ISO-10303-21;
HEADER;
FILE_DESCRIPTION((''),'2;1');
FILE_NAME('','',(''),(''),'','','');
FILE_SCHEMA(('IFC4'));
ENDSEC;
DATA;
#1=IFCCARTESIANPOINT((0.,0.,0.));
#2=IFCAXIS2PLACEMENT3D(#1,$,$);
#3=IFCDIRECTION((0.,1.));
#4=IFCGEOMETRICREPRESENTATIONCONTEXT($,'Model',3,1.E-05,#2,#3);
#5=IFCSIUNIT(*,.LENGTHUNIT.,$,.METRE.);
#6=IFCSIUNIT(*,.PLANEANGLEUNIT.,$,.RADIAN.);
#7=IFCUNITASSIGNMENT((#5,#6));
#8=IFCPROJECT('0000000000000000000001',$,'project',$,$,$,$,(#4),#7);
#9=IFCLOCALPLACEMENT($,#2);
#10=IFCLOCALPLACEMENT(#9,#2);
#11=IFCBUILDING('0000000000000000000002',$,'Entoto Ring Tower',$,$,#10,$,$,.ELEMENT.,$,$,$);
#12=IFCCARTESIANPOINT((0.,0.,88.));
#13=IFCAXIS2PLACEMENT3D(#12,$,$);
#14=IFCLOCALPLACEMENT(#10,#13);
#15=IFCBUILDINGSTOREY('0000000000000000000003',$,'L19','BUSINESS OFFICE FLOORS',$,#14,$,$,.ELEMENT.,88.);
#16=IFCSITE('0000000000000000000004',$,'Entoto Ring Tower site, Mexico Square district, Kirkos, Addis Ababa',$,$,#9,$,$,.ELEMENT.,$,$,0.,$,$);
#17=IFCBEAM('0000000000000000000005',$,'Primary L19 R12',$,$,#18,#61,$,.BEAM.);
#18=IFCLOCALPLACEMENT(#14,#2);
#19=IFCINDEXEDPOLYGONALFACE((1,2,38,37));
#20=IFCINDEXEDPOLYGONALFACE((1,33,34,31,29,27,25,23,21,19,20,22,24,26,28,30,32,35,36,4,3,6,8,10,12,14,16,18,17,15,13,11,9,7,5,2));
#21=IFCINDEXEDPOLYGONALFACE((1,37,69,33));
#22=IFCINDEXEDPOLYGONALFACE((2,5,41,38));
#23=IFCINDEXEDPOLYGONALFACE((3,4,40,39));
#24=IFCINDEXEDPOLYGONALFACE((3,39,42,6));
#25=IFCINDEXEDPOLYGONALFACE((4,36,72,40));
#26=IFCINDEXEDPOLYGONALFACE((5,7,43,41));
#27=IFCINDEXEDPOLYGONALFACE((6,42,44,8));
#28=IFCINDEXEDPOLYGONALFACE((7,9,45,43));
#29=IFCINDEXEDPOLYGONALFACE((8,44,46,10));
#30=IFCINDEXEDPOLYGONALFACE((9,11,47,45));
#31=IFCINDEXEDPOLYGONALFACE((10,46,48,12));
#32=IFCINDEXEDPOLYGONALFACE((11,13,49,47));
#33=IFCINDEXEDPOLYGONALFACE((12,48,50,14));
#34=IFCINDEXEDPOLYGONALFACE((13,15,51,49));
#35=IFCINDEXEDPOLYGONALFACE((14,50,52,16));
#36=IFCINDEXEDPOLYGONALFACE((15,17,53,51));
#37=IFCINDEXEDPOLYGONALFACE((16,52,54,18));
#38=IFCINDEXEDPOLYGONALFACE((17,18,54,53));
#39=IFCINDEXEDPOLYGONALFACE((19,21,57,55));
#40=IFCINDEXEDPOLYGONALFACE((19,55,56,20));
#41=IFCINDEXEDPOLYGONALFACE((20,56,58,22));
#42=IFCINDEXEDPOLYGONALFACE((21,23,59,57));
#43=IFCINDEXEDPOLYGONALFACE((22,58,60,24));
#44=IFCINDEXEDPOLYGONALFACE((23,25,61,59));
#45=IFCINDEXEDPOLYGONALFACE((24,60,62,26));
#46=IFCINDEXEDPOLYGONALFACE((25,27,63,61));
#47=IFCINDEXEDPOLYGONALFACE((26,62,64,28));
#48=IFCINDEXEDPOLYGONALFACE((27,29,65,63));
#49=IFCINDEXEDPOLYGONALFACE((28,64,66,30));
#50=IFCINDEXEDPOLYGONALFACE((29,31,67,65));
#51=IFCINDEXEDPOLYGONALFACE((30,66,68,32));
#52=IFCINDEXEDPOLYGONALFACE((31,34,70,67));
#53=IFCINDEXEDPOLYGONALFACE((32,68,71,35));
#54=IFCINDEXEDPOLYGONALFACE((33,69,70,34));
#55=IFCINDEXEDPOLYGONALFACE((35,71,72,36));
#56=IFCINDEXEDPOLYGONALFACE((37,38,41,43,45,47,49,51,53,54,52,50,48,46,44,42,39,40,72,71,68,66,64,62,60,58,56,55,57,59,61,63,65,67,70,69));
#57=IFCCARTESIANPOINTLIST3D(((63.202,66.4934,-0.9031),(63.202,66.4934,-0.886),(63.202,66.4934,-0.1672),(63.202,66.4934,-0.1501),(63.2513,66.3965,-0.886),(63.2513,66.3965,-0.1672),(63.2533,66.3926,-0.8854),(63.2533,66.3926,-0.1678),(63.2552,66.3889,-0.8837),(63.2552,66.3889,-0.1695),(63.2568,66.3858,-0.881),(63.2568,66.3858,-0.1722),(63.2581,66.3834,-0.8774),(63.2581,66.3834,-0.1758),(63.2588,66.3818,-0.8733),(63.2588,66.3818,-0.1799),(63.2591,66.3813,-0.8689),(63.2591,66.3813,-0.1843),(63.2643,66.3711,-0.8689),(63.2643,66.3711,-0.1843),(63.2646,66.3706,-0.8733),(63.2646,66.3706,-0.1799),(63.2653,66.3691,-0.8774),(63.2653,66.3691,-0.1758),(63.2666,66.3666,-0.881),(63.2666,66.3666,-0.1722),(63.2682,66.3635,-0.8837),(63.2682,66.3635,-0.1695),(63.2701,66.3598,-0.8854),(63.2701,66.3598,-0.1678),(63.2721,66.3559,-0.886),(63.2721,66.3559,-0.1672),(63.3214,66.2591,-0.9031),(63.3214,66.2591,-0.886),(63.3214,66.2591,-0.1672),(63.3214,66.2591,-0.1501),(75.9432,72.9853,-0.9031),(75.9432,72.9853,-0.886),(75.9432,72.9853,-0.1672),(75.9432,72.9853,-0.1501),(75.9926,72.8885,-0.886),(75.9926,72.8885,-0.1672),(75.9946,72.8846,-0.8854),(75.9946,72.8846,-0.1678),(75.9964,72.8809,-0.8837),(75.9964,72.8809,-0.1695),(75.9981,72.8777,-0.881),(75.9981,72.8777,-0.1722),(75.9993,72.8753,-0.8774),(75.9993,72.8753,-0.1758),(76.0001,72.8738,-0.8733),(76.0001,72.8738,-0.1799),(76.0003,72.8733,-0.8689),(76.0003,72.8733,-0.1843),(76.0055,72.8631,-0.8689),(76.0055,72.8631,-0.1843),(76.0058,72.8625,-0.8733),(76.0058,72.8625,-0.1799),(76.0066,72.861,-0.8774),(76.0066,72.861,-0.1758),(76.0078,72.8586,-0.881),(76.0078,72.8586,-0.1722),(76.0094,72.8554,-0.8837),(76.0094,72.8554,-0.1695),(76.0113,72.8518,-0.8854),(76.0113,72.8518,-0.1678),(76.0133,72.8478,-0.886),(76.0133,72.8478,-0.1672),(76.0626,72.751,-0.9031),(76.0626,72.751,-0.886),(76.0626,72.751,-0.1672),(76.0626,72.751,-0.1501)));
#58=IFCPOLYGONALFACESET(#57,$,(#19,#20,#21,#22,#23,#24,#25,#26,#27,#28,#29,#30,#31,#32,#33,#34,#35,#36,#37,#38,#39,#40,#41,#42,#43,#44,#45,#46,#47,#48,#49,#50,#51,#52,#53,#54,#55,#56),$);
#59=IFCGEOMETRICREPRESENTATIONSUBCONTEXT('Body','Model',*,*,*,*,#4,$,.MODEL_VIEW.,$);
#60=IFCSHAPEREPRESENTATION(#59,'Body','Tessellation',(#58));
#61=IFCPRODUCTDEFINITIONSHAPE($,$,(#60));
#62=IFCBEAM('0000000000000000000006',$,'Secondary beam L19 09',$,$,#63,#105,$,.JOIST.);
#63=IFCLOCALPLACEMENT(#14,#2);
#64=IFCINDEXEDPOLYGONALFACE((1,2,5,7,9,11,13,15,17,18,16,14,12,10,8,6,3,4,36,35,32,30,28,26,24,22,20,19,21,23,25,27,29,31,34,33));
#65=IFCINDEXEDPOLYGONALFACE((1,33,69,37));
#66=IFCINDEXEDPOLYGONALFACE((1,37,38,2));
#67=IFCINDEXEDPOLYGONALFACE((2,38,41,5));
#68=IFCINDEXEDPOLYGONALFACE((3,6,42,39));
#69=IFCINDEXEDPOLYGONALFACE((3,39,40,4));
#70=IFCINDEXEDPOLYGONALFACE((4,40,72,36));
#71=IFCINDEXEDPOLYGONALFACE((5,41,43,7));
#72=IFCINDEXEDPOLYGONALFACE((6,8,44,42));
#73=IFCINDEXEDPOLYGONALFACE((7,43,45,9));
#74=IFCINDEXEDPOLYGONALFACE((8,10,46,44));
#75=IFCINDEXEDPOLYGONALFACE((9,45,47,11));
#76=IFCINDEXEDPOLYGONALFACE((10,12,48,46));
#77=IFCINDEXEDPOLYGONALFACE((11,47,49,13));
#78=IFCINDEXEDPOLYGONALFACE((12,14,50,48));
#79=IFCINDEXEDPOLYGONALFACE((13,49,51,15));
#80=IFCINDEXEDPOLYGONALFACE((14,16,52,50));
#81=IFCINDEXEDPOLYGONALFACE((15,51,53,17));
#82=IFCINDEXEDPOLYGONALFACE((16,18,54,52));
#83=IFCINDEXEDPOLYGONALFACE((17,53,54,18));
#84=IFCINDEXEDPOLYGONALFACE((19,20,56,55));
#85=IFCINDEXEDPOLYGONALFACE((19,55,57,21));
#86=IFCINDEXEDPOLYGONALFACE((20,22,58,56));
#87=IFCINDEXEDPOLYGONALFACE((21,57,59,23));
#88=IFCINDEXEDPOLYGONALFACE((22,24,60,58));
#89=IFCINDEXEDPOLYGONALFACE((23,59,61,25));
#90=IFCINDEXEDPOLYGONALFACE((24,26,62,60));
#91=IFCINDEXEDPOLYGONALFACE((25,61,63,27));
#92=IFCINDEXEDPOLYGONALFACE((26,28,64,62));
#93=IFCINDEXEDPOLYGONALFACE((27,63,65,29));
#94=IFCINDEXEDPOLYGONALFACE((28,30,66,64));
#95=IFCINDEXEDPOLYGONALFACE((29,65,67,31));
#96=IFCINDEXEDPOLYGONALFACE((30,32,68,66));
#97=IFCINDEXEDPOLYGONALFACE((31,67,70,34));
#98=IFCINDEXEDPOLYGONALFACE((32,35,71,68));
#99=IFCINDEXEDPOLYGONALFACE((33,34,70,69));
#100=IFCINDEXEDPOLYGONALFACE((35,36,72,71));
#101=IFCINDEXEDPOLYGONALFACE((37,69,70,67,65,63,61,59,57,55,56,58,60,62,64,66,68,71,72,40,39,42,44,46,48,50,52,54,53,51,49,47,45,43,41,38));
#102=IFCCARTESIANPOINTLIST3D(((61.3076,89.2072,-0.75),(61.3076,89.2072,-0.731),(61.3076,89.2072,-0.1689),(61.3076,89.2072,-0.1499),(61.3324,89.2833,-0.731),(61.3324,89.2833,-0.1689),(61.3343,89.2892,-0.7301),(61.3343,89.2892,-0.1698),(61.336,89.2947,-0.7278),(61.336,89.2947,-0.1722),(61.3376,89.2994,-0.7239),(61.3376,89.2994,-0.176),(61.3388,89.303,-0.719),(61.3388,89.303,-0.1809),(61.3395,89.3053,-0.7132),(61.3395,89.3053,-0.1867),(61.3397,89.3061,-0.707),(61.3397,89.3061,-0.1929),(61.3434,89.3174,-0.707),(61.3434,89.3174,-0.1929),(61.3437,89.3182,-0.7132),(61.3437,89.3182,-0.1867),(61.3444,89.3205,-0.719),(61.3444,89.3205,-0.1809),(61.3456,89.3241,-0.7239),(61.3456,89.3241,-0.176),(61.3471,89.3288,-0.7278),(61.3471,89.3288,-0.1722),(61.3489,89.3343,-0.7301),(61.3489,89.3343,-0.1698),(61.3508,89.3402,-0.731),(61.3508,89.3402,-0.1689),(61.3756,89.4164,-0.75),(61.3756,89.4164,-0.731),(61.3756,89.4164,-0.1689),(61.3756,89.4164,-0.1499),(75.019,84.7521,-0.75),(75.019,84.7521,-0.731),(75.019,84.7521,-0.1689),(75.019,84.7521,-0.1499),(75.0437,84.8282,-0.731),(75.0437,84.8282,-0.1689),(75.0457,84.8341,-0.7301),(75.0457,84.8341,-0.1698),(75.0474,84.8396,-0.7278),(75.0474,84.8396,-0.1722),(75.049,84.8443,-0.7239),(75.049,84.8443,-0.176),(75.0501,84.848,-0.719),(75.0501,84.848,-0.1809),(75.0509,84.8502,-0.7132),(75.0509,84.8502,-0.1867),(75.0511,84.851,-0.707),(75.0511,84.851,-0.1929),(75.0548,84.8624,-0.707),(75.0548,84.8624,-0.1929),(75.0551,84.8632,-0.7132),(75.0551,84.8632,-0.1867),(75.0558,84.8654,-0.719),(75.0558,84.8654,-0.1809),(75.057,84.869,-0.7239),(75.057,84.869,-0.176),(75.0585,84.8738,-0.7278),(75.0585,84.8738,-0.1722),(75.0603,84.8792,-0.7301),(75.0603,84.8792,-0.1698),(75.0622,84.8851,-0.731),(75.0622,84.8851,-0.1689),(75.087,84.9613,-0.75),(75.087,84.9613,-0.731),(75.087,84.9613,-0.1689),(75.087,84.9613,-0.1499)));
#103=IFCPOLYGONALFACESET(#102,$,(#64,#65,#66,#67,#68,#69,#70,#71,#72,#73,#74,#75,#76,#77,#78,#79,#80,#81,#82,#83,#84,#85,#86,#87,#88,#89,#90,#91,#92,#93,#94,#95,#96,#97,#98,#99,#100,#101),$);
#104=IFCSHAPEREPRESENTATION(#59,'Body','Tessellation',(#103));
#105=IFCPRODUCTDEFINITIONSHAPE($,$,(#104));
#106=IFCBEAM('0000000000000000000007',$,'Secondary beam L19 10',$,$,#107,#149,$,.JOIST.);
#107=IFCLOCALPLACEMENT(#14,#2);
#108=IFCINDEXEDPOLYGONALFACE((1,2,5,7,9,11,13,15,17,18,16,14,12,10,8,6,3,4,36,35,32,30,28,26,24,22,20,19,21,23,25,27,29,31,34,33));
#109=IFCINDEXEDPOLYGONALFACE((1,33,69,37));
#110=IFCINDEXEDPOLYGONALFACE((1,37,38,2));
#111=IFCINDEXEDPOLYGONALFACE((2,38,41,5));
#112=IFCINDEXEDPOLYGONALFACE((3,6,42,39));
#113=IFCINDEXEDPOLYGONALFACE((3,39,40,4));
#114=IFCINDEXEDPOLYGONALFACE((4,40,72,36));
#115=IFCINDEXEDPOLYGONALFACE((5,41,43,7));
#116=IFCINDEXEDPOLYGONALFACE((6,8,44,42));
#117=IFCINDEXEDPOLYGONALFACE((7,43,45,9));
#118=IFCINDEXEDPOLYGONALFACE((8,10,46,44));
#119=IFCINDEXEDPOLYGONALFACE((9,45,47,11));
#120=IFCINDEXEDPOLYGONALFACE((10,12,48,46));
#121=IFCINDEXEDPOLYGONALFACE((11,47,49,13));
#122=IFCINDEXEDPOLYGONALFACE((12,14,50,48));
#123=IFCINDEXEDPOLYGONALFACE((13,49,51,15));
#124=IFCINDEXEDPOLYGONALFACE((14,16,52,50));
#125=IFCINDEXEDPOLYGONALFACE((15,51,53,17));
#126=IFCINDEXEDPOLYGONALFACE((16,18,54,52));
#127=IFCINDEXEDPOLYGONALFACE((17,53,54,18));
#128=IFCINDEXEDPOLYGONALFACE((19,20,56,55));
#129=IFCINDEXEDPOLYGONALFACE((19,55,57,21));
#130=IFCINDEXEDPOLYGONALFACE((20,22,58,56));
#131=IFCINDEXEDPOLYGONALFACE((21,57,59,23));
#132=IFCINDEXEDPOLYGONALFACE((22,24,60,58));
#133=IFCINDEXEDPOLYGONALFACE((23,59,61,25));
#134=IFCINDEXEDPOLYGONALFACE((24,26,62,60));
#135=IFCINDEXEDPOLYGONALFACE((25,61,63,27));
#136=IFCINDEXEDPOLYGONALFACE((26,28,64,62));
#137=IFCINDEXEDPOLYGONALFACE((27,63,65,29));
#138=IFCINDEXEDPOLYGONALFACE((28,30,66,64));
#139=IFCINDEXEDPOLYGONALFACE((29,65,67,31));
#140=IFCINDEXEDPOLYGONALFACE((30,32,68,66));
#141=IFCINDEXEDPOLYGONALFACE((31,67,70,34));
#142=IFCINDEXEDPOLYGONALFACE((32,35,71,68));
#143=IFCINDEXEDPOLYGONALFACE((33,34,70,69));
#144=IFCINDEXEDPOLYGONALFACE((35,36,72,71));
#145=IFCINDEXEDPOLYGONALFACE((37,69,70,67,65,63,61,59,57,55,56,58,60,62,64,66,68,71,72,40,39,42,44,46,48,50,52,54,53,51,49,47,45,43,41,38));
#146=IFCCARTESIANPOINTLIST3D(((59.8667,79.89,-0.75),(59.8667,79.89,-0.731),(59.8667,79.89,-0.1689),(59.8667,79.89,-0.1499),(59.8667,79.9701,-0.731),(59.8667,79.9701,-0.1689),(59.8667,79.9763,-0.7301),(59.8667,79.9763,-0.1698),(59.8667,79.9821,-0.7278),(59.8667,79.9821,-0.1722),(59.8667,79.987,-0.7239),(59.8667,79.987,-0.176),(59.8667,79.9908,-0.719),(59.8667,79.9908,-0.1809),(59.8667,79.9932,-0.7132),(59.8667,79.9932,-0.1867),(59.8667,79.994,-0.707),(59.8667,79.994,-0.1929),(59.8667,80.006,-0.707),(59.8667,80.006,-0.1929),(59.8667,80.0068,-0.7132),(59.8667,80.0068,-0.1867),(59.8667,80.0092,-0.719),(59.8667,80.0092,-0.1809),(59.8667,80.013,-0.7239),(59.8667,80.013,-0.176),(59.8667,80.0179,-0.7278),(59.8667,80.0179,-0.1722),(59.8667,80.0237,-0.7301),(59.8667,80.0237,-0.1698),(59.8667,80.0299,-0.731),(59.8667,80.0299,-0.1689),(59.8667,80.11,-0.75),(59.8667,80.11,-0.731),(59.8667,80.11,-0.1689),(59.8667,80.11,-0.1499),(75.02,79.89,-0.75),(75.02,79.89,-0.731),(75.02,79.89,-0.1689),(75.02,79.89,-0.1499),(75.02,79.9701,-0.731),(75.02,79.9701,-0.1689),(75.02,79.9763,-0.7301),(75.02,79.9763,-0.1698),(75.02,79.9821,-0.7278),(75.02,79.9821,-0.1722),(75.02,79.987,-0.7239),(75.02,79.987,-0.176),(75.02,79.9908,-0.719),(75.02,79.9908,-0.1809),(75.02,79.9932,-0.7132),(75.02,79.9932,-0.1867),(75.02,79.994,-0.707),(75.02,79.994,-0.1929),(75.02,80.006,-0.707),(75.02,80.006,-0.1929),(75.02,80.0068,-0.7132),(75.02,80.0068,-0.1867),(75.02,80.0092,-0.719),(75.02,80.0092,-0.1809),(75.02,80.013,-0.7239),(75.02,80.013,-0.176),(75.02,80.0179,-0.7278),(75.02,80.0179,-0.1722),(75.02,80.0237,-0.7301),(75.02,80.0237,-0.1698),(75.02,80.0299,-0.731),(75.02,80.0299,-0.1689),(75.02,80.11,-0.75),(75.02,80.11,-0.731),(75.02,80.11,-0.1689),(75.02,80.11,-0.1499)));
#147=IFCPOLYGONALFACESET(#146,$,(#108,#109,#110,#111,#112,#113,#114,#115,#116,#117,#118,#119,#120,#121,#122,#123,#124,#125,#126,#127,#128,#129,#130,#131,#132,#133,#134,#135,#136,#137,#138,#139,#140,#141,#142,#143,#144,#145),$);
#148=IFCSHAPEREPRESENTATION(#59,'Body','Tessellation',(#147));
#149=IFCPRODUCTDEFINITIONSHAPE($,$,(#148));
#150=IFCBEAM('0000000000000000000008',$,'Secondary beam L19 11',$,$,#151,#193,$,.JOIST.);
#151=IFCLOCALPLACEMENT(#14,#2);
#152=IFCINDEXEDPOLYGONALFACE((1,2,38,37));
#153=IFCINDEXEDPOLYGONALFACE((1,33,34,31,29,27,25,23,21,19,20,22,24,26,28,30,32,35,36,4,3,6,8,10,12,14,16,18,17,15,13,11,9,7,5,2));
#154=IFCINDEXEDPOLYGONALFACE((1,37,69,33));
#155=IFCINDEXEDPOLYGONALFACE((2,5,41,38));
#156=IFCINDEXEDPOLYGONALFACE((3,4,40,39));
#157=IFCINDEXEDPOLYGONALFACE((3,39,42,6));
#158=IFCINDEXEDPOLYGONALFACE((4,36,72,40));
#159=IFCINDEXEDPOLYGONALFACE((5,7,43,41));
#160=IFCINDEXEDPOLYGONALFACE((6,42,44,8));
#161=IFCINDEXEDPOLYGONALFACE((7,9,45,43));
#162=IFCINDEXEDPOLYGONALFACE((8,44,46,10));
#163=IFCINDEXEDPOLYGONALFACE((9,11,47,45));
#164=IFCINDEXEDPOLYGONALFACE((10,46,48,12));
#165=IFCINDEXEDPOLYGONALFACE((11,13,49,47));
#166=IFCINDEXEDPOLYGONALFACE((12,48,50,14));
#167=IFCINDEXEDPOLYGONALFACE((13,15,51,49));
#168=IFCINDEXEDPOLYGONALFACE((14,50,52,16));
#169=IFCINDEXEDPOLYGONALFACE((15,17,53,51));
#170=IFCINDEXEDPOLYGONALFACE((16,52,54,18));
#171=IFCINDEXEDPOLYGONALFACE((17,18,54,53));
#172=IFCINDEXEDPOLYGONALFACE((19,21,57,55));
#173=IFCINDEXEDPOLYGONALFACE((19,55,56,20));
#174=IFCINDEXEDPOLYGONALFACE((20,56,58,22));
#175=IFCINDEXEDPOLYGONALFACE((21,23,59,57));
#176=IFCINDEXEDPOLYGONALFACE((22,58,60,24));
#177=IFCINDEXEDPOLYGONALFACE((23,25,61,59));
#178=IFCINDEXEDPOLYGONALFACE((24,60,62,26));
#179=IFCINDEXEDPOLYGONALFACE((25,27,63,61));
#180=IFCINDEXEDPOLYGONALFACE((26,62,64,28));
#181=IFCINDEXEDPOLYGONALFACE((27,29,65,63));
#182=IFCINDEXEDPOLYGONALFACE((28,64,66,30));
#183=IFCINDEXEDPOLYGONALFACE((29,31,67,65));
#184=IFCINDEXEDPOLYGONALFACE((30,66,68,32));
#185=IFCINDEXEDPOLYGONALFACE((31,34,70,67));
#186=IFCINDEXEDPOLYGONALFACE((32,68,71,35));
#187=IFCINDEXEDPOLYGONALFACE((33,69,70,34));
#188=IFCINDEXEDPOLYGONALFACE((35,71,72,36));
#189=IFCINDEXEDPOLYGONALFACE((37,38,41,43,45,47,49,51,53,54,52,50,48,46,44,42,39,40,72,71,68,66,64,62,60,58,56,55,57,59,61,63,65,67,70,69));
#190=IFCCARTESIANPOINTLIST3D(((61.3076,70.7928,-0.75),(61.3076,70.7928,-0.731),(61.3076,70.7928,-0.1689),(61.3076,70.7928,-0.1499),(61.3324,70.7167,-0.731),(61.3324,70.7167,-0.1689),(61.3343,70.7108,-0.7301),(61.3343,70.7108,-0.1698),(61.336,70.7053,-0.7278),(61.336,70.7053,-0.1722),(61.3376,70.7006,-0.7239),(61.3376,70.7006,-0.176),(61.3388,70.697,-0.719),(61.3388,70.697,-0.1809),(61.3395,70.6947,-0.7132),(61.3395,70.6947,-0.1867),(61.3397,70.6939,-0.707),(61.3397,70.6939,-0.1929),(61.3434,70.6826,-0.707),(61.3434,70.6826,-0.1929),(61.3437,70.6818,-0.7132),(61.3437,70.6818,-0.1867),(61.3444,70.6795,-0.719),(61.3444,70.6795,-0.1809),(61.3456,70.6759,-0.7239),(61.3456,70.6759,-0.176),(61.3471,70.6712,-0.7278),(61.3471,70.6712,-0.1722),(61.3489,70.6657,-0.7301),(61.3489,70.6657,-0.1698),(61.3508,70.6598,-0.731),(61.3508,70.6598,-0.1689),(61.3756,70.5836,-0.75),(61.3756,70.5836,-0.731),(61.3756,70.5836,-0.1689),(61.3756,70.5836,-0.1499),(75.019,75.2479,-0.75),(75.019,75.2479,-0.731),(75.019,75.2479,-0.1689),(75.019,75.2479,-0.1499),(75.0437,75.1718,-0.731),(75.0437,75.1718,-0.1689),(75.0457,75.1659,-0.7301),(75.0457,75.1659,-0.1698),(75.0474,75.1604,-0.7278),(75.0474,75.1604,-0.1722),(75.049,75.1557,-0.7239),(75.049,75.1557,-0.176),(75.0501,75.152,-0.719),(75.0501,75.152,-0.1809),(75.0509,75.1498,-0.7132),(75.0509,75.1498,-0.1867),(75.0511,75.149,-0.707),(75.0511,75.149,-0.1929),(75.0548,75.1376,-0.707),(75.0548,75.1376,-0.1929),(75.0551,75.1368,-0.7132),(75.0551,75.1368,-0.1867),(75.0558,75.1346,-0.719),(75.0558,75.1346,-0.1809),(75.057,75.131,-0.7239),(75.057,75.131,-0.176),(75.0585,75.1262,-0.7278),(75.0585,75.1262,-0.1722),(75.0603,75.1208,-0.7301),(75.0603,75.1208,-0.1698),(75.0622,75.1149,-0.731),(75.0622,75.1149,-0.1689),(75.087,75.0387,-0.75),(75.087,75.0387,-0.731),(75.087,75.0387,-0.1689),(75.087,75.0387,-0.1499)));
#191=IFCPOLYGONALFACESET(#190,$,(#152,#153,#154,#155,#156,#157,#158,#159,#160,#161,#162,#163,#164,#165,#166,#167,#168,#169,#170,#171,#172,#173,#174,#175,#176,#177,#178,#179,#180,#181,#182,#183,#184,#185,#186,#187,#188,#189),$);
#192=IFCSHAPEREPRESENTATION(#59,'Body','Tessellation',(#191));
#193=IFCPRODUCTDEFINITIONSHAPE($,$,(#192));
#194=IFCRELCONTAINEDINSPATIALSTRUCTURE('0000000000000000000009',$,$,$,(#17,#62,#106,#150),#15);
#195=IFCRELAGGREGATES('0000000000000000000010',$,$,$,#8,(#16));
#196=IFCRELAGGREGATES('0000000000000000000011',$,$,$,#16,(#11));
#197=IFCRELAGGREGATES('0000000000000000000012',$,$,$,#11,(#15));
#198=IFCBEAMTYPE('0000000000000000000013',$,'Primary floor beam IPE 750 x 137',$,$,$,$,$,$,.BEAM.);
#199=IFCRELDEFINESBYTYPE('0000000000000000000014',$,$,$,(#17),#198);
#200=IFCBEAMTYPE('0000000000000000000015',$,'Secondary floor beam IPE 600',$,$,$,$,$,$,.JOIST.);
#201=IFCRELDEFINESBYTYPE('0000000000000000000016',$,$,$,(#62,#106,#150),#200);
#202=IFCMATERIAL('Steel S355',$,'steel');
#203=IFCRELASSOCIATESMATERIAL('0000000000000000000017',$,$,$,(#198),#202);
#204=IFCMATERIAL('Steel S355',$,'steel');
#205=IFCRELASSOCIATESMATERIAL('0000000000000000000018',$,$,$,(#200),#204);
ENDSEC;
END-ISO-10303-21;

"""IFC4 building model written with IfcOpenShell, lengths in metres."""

from ifc_helpers import new_model, si_unit, direction, frame, origin, origin_2d, place, context, subcontext, project, spatial, i_section, extrude, material, material_profile, profile_set, type_object, element, save


model = new_model("IFC4")

# Units and contexts
model_context = context("Model", 3, precision=1e-05, world=origin(), true_north=direction((0.0, 1.0)))
body_context = subcontext(model_context, "Body", "Model", "MODEL_VIEW")
ifc_project = project(units=[si_unit("LENGTHUNIT", "METRE"), si_unit("PLANEANGLEUNIT", "RADIAN")], contexts=[model_context])

# Site, building, storey
site_placement = place(None, origin())
site = spatial("IfcSite", under=ifc_project, at=site_placement, Name="Entoto Ring Tower site, Mexico Square district, Kirkos, Addis Ababa", CompositionType="ELEMENT", RefElevation=0.0)
building_placement = place(site_placement, origin())
building = spatial("IfcBuilding", under=site, at=building_placement, Name="Entoto Ring Tower", CompositionType="ELEMENT")
storey_placement = place(building_placement, frame((0.0, 0.0, 88.0)))
storey = spatial("IfcBuildingStorey", under=building, at=storey_placement, Name="L19", Description="BUSINESS OFFICE FLOORS", CompositionType="ELEMENT", Elevation=88.0)

# Beams
ifc_material_1 = material(Name="Steel S355", Category="steel")
ifc_material_profile_1 = material_profile(ifc_material_1, i_section(OverallWidth=0.2629, OverallDepth=0.7529, WebThickness=0.0115, FlangeThickness=0.0171, FilletRadius=0.0171, at=origin_2d()), Name="IPE 750 x 137")
ifc_profile_set_1 = profile_set([ifc_material_profile_1], Name="Steel S355")
beam_type_1 = type_object("IfcBeamType", Name="Primary floor beam IPE 750 x 137", PredefinedType="BEAM", material=ifc_profile_set_1)
beam_1_placement = place(storey_placement, frame((76.0029, 72.8682, -0.5266), z_axis=(-0.891007, -0.453989, 0.0), x_axis=(0.453989, -0.891007, 0.0)))
element("IfcBeam", 1, at=beam_1_placement, inside=storey, type_object=beam_type_1, Name="Primary L19 R12", PredefinedType="BEAM", context=body_context, shape_type="SweptSolid", body=[
    extrude(i_section(OverallWidth=0.2629, OverallDepth=0.7529, WebThickness=0.0115, FlangeThickness=0.0171, FilletRadius=0.0171, at=origin_2d()), origin(), (0.0, 0.0, 1.0), 14.2998),
])
ifc_material_2 = material(Name="Steel S355", Category="steel")
ifc_material_profile_2 = material_profile(ifc_material_2, i_section(OverallWidth=0.22, OverallDepth=0.6001, WebThickness=0.012, FlangeThickness=0.019, FilletRadius=0.0239, at=origin_2d()), Name="IPE 600")
ifc_profile_set_2 = profile_set([ifc_material_profile_2], Name="Steel S355")
beam_type_2 = type_object("IfcBeamType", Name="Secondary floor beam IPE 600", PredefinedType="JOIST", material=ifc_profile_set_2)
beam_2_placement = place(storey_placement, frame((75.053, 84.8567, -0.45), z_axis=(-0.951057, 0.309015, 0.0), x_axis=(-0.309015, -0.951057, 0.0)))
element("IfcBeam", 2, at=beam_2_placement, inside=storey, type_object=beam_type_2, Name="Secondary beam L19 09", PredefinedType="JOIST", context=body_context, shape_type="SweptSolid", body=[
    extrude(i_section(OverallWidth=0.22, OverallDepth=0.6001, WebThickness=0.012, FlangeThickness=0.019, FilletRadius=0.0239, at=origin_2d()), origin(), (0.0, 0.0, 1.0), 14.417),
])
beam_3_placement = place(storey_placement, frame((75.02, 80.0, -0.45), z_axis=(-1.0, 0.0, 0.0), x_axis=(0.0, -1.0, 0.0)))
element("IfcBeam", 3, at=beam_3_placement, inside=storey, type_object=beam_type_2, Name="Secondary beam L19 10", PredefinedType="JOIST", context=body_context, shape_type="SweptSolid", body=[
    extrude(i_section(OverallWidth=0.22, OverallDepth=0.6001, WebThickness=0.012, FlangeThickness=0.019, FilletRadius=0.0239, at=origin_2d()), origin(), (0.0, 0.0, 1.0), 15.1533),
])
beam_4_placement = place(storey_placement, frame((75.053, 75.1433, -0.45), z_axis=(-0.951057, -0.309015, 0.0), x_axis=(0.309015, -0.951057, 0.0)))
element("IfcBeam", 4, at=beam_4_placement, inside=storey, type_object=beam_type_2, Name="Secondary beam L19 11", PredefinedType="JOIST", context=body_context, shape_type="SweptSolid", body=[
    extrude(i_section(OverallWidth=0.22, OverallDepth=0.6001, WebThickness=0.012, FlangeThickness=0.019, FilletRadius=0.0239, at=origin_2d()), origin(), (0.0, 0.0, 1.0), 14.417),
])

save(model, "model.ifc")
